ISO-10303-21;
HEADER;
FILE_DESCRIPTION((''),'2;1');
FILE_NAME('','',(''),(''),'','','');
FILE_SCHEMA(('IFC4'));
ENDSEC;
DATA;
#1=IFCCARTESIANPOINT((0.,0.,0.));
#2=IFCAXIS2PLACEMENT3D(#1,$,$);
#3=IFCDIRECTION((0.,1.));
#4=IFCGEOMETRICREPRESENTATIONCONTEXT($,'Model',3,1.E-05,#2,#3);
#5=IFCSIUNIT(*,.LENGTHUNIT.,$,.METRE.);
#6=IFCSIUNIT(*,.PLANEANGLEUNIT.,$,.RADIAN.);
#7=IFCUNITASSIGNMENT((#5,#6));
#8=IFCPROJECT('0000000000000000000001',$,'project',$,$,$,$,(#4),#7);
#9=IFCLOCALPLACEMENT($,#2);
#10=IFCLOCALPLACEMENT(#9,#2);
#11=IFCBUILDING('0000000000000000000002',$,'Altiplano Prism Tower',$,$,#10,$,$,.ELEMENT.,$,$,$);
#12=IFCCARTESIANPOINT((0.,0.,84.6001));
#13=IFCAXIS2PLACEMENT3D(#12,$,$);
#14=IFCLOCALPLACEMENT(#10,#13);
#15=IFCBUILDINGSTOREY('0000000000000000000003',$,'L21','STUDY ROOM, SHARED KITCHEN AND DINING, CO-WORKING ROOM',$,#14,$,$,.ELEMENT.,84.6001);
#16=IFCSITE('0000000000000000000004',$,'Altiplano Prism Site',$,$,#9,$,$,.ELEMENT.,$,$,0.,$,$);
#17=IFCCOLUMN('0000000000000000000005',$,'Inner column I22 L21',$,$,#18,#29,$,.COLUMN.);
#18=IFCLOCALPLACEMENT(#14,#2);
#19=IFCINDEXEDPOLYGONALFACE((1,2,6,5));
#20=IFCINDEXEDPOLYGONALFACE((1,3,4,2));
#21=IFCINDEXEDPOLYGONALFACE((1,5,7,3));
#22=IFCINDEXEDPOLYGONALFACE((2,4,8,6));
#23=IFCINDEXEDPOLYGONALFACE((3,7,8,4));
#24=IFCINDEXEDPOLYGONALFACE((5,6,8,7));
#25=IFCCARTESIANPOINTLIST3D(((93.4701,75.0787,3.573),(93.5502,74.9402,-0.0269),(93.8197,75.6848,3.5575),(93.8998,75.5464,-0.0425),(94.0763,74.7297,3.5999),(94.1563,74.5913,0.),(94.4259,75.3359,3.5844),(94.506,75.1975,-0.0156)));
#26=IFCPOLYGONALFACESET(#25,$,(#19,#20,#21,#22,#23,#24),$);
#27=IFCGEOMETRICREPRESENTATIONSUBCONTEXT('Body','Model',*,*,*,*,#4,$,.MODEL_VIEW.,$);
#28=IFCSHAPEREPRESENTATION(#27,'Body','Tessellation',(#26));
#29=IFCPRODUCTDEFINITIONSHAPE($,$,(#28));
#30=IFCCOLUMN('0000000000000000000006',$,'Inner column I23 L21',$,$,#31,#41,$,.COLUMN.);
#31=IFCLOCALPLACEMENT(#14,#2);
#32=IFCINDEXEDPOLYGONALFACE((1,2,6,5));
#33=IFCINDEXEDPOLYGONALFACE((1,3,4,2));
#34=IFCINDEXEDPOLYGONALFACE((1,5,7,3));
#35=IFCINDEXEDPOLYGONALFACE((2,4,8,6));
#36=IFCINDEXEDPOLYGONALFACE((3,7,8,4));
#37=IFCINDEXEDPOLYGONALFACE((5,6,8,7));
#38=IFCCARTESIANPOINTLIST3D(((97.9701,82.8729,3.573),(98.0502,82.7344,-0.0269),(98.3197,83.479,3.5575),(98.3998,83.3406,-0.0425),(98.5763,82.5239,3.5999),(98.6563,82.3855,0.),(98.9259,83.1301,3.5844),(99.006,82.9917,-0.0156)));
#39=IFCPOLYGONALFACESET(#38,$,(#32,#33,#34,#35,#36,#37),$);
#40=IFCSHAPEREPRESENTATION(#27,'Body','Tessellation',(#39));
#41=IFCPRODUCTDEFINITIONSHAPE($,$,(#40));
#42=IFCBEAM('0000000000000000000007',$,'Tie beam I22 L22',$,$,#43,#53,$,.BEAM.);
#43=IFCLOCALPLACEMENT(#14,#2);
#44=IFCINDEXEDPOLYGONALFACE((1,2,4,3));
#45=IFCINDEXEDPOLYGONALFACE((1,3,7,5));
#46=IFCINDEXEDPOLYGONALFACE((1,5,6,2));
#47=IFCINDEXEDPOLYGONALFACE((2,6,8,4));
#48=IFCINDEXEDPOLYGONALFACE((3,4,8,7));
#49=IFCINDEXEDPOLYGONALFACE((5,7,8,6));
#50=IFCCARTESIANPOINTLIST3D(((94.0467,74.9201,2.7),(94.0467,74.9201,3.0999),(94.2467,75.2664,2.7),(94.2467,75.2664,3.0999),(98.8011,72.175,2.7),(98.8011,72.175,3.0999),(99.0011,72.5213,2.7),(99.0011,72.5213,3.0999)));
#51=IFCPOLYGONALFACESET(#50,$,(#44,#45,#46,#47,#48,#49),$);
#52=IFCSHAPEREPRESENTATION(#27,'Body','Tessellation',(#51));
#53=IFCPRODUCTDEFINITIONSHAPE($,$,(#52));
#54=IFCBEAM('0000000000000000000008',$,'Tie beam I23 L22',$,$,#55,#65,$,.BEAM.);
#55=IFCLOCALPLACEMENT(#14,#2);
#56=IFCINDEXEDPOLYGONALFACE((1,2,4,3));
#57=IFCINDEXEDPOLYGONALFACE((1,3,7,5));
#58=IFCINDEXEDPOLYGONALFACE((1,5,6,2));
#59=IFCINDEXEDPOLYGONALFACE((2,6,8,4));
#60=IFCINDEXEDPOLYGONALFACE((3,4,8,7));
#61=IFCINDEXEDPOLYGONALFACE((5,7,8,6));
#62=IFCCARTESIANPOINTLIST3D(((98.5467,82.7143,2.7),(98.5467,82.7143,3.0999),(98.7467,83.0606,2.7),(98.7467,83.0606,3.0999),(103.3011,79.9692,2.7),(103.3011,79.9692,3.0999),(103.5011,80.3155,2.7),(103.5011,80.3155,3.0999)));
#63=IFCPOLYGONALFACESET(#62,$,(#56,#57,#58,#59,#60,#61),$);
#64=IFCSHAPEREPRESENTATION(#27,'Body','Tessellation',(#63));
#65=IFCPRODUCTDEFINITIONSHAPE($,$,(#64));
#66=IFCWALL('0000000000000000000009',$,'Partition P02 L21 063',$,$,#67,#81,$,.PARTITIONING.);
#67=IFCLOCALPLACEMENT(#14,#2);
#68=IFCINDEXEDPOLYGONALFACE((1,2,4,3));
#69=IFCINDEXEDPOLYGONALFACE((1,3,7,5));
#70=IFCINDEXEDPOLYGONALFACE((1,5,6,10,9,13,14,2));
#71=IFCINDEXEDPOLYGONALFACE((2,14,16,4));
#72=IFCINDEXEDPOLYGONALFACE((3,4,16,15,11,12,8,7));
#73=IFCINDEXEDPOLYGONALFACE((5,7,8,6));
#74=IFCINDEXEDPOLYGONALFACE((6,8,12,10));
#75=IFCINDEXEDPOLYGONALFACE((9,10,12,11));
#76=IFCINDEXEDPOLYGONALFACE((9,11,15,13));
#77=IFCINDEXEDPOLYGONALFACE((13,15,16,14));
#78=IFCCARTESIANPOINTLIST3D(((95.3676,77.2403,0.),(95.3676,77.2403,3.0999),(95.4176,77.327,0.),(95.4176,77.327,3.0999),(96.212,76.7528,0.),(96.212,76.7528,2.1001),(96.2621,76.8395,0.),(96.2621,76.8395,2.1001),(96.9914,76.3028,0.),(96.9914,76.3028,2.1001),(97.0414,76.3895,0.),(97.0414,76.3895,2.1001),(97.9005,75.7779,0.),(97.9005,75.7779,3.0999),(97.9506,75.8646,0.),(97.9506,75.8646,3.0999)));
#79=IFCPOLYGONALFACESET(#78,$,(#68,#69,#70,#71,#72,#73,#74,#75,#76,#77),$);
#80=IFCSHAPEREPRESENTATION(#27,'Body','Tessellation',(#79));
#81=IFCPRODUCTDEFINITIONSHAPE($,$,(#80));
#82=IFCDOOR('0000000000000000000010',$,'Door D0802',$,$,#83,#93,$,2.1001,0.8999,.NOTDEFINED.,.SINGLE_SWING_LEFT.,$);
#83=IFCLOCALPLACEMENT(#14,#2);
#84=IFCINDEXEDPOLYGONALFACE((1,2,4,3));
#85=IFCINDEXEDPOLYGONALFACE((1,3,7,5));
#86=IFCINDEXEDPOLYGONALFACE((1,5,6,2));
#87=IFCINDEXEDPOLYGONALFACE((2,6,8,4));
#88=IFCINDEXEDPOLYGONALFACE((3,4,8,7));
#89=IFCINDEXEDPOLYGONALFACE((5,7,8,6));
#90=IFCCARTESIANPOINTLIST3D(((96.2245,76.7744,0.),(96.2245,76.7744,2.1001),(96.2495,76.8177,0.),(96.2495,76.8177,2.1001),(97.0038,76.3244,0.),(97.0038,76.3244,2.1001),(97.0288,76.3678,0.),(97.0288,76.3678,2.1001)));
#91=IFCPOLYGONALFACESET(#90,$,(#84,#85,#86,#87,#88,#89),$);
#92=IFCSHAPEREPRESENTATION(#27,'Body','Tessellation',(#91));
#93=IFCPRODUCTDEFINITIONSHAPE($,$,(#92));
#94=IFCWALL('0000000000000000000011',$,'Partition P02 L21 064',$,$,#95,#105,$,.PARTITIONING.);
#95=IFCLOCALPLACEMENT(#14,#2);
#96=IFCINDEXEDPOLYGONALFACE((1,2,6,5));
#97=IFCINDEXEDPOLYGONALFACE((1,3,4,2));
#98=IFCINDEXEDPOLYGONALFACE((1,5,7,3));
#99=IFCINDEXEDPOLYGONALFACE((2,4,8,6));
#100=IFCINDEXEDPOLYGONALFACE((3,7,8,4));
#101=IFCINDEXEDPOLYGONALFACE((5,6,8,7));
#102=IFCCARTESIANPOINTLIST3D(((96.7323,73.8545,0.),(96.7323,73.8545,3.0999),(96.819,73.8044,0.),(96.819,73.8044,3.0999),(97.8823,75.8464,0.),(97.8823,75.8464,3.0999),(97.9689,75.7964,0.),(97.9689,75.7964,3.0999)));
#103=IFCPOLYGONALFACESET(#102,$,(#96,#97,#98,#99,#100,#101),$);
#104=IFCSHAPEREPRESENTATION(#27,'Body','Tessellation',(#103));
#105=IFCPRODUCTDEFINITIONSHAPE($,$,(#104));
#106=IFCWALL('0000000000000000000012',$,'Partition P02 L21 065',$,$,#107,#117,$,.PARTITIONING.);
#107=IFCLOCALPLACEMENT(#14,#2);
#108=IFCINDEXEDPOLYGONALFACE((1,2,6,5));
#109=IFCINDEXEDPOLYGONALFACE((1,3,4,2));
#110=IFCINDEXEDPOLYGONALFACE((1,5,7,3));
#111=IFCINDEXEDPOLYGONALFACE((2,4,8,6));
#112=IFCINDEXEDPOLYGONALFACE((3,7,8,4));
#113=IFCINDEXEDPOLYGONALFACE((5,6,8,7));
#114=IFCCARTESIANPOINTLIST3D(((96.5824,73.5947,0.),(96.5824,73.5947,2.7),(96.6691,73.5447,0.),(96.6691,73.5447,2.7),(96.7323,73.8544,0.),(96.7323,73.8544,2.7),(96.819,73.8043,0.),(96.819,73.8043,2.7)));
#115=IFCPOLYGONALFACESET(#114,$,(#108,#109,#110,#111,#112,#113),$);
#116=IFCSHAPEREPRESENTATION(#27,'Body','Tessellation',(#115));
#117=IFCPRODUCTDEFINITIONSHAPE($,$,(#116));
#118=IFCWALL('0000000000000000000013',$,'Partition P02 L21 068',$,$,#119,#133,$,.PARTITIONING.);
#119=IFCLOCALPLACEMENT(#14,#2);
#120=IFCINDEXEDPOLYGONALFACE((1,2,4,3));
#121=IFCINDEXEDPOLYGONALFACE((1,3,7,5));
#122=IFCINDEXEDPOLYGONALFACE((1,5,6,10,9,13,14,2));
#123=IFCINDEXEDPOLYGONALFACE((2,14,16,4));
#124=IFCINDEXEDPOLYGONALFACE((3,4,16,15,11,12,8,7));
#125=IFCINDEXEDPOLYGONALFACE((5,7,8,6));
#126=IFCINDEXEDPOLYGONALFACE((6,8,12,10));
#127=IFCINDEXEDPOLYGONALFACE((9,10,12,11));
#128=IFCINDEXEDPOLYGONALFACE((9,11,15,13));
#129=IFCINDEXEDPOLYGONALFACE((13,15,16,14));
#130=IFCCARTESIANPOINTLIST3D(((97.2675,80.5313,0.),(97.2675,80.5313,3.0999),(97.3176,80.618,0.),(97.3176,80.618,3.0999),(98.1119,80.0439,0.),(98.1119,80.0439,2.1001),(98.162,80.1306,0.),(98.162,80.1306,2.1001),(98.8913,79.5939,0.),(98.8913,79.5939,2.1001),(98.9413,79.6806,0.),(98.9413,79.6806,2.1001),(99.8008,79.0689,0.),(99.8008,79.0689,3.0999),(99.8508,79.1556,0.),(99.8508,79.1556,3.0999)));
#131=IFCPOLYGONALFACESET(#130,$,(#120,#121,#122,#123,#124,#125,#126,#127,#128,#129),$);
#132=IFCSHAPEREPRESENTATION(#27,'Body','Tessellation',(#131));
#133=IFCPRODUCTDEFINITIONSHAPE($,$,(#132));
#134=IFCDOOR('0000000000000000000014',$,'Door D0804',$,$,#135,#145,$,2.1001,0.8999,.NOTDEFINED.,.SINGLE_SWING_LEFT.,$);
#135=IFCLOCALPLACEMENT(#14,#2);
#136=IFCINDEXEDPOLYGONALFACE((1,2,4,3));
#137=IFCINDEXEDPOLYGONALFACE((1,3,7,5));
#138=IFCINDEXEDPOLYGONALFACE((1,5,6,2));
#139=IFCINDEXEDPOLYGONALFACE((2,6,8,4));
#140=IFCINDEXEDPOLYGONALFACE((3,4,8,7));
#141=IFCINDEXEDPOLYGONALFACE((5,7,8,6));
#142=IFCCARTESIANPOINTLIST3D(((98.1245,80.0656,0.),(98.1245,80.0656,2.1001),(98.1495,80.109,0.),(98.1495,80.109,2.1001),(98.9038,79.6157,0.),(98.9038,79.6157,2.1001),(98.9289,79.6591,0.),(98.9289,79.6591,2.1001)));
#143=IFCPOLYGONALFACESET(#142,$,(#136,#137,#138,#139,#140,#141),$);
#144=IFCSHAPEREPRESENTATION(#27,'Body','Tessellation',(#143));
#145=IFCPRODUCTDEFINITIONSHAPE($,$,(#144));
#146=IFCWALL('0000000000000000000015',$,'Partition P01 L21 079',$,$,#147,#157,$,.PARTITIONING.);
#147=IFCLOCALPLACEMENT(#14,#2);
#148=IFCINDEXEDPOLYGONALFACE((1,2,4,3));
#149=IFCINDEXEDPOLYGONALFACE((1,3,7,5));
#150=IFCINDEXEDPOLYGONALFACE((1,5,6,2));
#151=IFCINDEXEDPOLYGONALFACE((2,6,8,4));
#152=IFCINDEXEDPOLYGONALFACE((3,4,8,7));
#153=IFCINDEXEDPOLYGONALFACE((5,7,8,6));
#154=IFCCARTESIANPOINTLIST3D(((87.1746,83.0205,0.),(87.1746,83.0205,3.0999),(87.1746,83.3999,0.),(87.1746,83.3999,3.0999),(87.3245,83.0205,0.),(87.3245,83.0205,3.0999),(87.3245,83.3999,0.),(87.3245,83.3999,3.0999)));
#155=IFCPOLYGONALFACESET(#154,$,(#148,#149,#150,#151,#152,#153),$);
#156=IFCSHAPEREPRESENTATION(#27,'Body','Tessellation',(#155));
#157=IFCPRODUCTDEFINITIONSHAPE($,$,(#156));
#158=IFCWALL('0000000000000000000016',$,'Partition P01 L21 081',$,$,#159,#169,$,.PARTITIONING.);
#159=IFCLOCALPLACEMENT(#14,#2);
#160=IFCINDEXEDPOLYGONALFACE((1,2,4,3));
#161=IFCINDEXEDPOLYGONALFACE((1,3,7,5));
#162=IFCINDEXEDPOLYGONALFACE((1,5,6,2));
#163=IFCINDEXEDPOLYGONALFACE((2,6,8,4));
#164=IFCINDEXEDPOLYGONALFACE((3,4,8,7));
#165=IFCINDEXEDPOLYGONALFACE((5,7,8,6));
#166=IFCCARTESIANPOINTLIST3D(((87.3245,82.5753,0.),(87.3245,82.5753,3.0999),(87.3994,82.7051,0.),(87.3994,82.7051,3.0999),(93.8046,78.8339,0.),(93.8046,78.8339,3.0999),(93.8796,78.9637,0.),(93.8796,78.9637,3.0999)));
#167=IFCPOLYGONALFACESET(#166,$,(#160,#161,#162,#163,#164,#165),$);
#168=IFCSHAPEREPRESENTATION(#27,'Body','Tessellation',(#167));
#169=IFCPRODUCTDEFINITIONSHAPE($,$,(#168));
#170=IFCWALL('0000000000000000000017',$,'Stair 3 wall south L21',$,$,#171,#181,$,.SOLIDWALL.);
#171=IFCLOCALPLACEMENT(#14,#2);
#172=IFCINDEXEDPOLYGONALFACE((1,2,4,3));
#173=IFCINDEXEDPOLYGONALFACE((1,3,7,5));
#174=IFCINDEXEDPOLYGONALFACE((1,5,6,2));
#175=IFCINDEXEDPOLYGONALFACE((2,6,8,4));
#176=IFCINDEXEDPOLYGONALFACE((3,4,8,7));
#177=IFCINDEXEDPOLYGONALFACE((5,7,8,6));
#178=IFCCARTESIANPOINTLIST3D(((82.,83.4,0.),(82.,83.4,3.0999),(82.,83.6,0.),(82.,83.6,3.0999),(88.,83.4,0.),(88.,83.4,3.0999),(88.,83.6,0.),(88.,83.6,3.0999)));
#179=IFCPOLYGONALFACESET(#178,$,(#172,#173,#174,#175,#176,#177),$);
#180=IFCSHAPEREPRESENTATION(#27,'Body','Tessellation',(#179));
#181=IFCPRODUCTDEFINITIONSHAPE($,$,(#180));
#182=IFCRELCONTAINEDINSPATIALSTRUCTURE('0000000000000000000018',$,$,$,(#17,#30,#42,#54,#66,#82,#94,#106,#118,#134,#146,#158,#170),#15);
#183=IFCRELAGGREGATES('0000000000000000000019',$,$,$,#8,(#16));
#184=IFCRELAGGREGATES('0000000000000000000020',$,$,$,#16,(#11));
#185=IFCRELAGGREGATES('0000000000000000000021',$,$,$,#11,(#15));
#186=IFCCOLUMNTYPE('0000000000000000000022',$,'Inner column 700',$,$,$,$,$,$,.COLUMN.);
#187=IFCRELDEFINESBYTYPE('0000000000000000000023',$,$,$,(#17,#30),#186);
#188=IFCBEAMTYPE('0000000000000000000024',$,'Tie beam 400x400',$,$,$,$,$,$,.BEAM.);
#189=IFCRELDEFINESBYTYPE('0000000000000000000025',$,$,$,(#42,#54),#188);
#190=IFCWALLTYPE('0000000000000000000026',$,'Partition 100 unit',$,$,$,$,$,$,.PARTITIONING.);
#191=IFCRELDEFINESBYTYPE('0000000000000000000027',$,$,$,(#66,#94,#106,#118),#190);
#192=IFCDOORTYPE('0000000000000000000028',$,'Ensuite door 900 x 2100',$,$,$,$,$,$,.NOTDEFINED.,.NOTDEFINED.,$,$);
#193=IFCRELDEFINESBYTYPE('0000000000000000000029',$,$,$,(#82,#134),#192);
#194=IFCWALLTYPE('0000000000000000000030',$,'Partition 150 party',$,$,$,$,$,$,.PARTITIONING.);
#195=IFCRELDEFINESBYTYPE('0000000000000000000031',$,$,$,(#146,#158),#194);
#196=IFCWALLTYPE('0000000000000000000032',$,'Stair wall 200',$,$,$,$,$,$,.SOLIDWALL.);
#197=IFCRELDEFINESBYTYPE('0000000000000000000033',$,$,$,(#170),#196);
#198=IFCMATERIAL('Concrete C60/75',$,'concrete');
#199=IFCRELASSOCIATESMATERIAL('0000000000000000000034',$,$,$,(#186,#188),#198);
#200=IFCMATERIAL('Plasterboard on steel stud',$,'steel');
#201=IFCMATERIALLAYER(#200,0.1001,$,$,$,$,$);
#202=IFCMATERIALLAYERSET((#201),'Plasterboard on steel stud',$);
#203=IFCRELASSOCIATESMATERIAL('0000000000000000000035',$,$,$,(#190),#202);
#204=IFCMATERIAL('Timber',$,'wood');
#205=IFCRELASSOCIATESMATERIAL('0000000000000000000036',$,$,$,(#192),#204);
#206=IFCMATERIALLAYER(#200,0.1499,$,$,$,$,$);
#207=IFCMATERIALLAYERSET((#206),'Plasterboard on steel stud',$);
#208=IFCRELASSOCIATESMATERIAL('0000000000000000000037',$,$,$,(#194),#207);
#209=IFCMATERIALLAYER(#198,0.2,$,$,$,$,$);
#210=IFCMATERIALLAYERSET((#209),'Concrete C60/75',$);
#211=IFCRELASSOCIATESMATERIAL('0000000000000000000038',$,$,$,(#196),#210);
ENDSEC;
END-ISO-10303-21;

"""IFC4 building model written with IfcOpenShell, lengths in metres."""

from ifc_helpers import new_model, si_unit, direction, frame, frame_2d, origin, origin_2d, place, context, subcontext, project, spatial, rectangle, extrude, material, layer, layer_set, material_profile, profile_set, type_object, element, fill, save


model = new_model("IFC4")

# Units and contexts
model_context = context("Model", 3, precision=1e-05, world=origin(), true_north=direction((0.0, 1.0)))
body_context = subcontext(model_context, "Body", "Model", "MODEL_VIEW")
ifc_project = project(units=[si_unit("LENGTHUNIT", "METRE"), si_unit("PLANEANGLEUNIT", "RADIAN")], contexts=[model_context])

# Site, building, storey
site_placement = place(None, origin())
site = spatial("IfcSite", under=ifc_project, at=site_placement, Name="Altiplano Prism Site", CompositionType="ELEMENT", RefElevation=0.0)
building_placement = place(site_placement, origin())
building = spatial("IfcBuilding", under=site, at=building_placement, Name="Altiplano Prism Tower", CompositionType="ELEMENT")
storey_placement = place(building_placement, frame((0.0, 0.0, 84.6001)))
storey = spatial("IfcBuildingStorey", under=building, at=storey_placement, Name="L21", Description="STUDY ROOM, SHARED KITCHEN AND DINING, CO-WORKING ROOM", CompositionType="ELEMENT", Elevation=84.6001)

# Columns
ifc_material_1 = material(Name="Concrete C60/75", Category="concrete")
ifc_material_profile_1 = material_profile(ifc_material_1, rectangle(XDim=0.7, YDim=0.7, at=origin_2d()), Name="Inner column 700")
ifc_profile_set_1 = profile_set([ifc_material_profile_1], Name="Concrete C60/75")
column_type = type_object("IfcColumnType", Name="Inner column 700", PredefinedType="COLUMN", material=ifc_profile_set_1)
for number, where, z_axis, x_axis, name in (
    (1, (94.0281, 75.0688, -0.0212), (-0.022223, 0.038416, 0.999015), (-0.499513, -0.866022, 0.02219), "Inner column I22 L21"),
    (2, (98.5281, 82.863, -0.0212), (-0.022223, 0.038416, 0.999015), (-0.499508, -0.866025, 0.02219), "Inner column I23 L21"),
):
    element("IfcColumn", number, at=place(storey_placement, frame(where, z_axis=z_axis, x_axis=x_axis)), inside=storey, type_object=column_type, Name=name, PredefinedType="COLUMN", context=body_context, shape_type="SweptSolid", body=[
        extrude(rectangle(XDim=0.7, YDim=0.7, at=origin_2d()), origin(), (0.0, 0.0, 1.0), 3.6035),
    ])

# Beams
ifc_material_profile_2 = material_profile(ifc_material_1, rectangle(XDim=0.3999, YDim=0.3999, at=origin_2d()), Name="Tie beam 400x400")
ifc_profile_set_2 = profile_set([ifc_material_profile_2], Name="Concrete C60/75")
beam_type = type_object("IfcBeamType", Name="Tie beam 400x400", PredefinedType="BEAM", material=ifc_profile_set_2)
for number, where, z_axis, x_axis, name in (
    (3, (94.1467, 75.0933, 2.8999), (0.866012, -0.500023, 0.0), (0.500023, 0.866012, 0.0), "Tie beam I22 L22"),
    (4, (98.6467, 82.8875, 2.8999), (0.866012, -0.500023, 0.0), (0.500023, 0.866012, 0.0), "Tie beam I23 L22"),
):
    element("IfcBeam", number, at=place(storey_placement, frame(where, z_axis=z_axis, x_axis=x_axis)), inside=storey, type_object=beam_type, Name=name, PredefinedType="BEAM", context=body_context, shape_type="SweptSolid", body=[
        extrude(rectangle(XDim=0.3999, YDim=0.3999, at=origin_2d()), origin(), (0.0, 0.0, 1.0), 5.49),
    ])

# Wall, opening, door
ifc_material_2 = material(Name="Plasterboard on steel stud", Category="steel")
ifc_layer_1 = layer(ifc_material_2, 0.1001)
ifc_layer_set_1 = layer_set([ifc_layer_1], Name="Plasterboard on steel stud")
wall_type_1 = type_object("IfcWallType", Name="Partition 100 unit", PredefinedType="PARTITIONING", material=ifc_layer_set_1)
wall_1_placement = place(storey_placement, frame((95.3926, 77.2837, 0.0), z_axis=(0.0, 0.0, 1.0), x_axis=(0.866026, -0.499999, 0.0)))
wall_1 = element("IfcWall", 5, at=wall_1_placement, inside=storey, type_object=wall_type_1, Name="Partition P02 L21 063", PredefinedType="PARTITIONING", context=body_context, shape_type="SweptSolid", body=[
    extrude(rectangle(XDim=2.9248, YDim=0.1001, at=frame_2d((1.4624, 0.0))), origin(), (0.0, 0.0, 1.0), 3.0999),
])
opening_1_placement = place(wall_1_placement, frame((0.9751, 0.0, 0.0)))
opening_1 = element("IfcOpeningElement", 6, at=opening_1_placement, cuts=wall_1, PredefinedType="OPENING", context=body_context, shape_type="SweptSolid", body=[
    extrude(rectangle(XDim=0.8999, YDim=2.1001, at=frame_2d((0.45, 1.05))), frame((0.0, 0.0605, 0.0), z_axis=(0.0, -1.0, 0.0), x_axis=(1.0, 0.0, 0.0)), (0.0, 0.0, 1.0), 0.1211),
])
ifc_material_3 = material(Name="Timber", Category="wood")
door_type = type_object("IfcDoorType", Name="Ensuite door 900 x 2100", OperationType="NOTDEFINED", PredefinedType="NOTDEFINED", material=ifc_material_3)
door_1_placement = place(opening_1_placement, origin())
door_1 = element("IfcDoor", 7, at=door_1_placement, inside=storey, type_object=door_type, Name="Door D0802", OperationType="SINGLE_SWING_LEFT", OverallHeight=2.1001, OverallWidth=0.8999, PredefinedType="NOTDEFINED", context=body_context, shape_type="SweptSolid", body=[
    extrude(rectangle(XDim=0.8999, YDim=2.1001, at=frame_2d((0.45, 1.05))), frame((0.0, 0.0249, 0.0), z_axis=(0.0, -1.0, 0.0), x_axis=(1.0, 0.0, 0.0)), (0.0, 0.0, 1.0), 0.05),
])
fill(opening_1, door_1)

# Walls
wall_2_placement = place(storey_placement, frame((97.9255, 75.8213, 0.0), z_axis=(0.0, 0.0, 1.0), x_axis=(-0.499952, -0.866053, 0.0)))
element("IfcWall", 8, at=wall_2_placement, inside=storey, type_object=wall_type_1, Name="Partition P02 L21 064", PredefinedType="PARTITIONING", context=body_context, shape_type="SweptSolid", body=[
    extrude(rectangle(XDim=2.3, YDim=0.1001, at=frame_2d((1.1499, 0.0))), origin(), (0.0, 0.0, 1.0), 3.0999),
])
wall_3_placement = place(storey_placement, frame((96.7756, 73.8293, 0.0), z_axis=(0.0, 0.0, 1.0), x_axis=(-0.499816, -0.866131, 0.0)))
element("IfcWall", 9, at=wall_3_placement, inside=storey, type_object=wall_type_1, Name="Partition P02 L21 065", PredefinedType="PARTITIONING", context=body_context, shape_type="SweptSolid", body=[
    extrude(rectangle(XDim=0.2998, YDim=0.1001, at=frame_2d((0.1499, 0.0))), origin(), (0.0, 0.0, 1.0), 2.7),
])

# Wall, opening, door
wall_4_placement = place(storey_placement, frame((99.8257, 79.1123, 0.0), z_axis=(0.0, 0.0, 1.0), x_axis=(-0.866047, 0.499963, 0.0)))
wall_4 = element("IfcWall", 10, at=wall_4_placement, inside=storey, type_object=wall_type_1, Name="Partition P02 L21 068", PredefinedType="PARTITIONING", context=body_context, shape_type="SweptSolid", body=[
    extrude(rectangle(XDim=2.925, YDim=0.1001, at=frame_2d((1.4624, 0.0))), origin(), (0.0, 0.0, 1.0), 3.0999),
])
opening_2_placement = place(wall_4_placement, frame((1.05, 0.0, 0.0)))
opening_2 = element("IfcOpeningElement", 11, at=opening_2_placement, cuts=wall_4, PredefinedType="OPENING", context=body_context, shape_type="SweptSolid", body=[
    extrude(rectangle(XDim=0.8999, YDim=2.1001, at=frame_2d((0.45, 1.05))), frame((0.0, 0.0605, 0.0), z_axis=(0.0, -1.0, 0.0), x_axis=(1.0, 0.0, 0.0)), (0.0, 0.0, 1.0), 0.1211),
])
door_2_placement = place(opening_2_placement, origin())
door_2 = element("IfcDoor", 12, at=door_2_placement, inside=storey, type_object=door_type, Name="Door D0804", OperationType="SINGLE_SWING_LEFT", OverallHeight=2.1001, OverallWidth=0.8999, PredefinedType="NOTDEFINED", context=body_context, shape_type="SweptSolid", body=[
    extrude(rectangle(XDim=0.8999, YDim=2.1001, at=frame_2d((0.45, 1.05))), frame((0.0, 0.0249, 0.0), z_axis=(0.0, -1.0, 0.0), x_axis=(1.0, 0.0, 0.0)), (0.0, 0.0, 1.0), 0.05),
])
fill(opening_2, door_2)

# Walls
ifc_layer_2 = layer(ifc_material_2, 0.1499)
ifc_layer_set_2 = layer_set([ifc_layer_2], Name="Plasterboard on steel stud")
wall_type_2 = type_object("IfcWallType", Name="Partition 150 party", PredefinedType="PARTITIONING", material=ifc_layer_set_2)
wall_5_placement = place(storey_placement, frame((87.2495, 83.0205, 0.0), z_axis=(0.0, 0.0, 1.0), x_axis=(0.0, 1.0, 0.0)))
element("IfcWall", 13, at=wall_5_placement, inside=storey, type_object=wall_type_2, Name="Partition P01 L21 079", PredefinedType="PARTITIONING", context=body_context, shape_type="SweptSolid", body=[
    extrude(rectangle(XDim=0.3794, YDim=0.1499, at=frame_2d((0.1897, 0.0))), origin(), (0.0, 0.0, 1.0), 3.0999),
])
wall_6_placement = place(storey_placement, frame((87.3621, 82.6401, 0.0), z_axis=(0.0, 0.0, 1.0), x_axis=(0.86602, -0.50001, 0.0)))
element("IfcWall", 14, at=wall_6_placement, inside=storey, type_object=wall_type_2, Name="Partition P01 L21 081", PredefinedType="PARTITIONING", context=body_context, shape_type="SweptSolid", body=[
    extrude(rectangle(XDim=7.4827, YDim=0.1499, at=frame_2d((3.7412, 0.0))), origin(), (0.0, 0.0, 1.0), 3.0999),
])
ifc_layer_3 = layer(ifc_material_1, 0.2)
ifc_layer_set_3 = layer_set([ifc_layer_3], Name="Concrete C60/75")
wall_type_3 = type_object("IfcWallType", Name="Stair wall 200", PredefinedType="SOLIDWALL", material=ifc_layer_set_3)
wall_7_placement = place(storey_placement, frame((82.0, 83.5, 0.0), z_axis=(0.0, 0.0, 1.0), x_axis=(1.0, 0.0, 0.0)))
element("IfcWall", 15, at=wall_7_placement, inside=storey, type_object=wall_type_3, Name="Stair 3 wall south L21", PredefinedType="SOLIDWALL", context=body_context, shape_type="SweptSolid", body=[
    extrude(rectangle(XDim=6.0, YDim=0.2, at=frame_2d((3.0, 0.0))), origin(), (0.0, 0.0, 1.0), 3.0999),
])

save(model, "model.ifc")
